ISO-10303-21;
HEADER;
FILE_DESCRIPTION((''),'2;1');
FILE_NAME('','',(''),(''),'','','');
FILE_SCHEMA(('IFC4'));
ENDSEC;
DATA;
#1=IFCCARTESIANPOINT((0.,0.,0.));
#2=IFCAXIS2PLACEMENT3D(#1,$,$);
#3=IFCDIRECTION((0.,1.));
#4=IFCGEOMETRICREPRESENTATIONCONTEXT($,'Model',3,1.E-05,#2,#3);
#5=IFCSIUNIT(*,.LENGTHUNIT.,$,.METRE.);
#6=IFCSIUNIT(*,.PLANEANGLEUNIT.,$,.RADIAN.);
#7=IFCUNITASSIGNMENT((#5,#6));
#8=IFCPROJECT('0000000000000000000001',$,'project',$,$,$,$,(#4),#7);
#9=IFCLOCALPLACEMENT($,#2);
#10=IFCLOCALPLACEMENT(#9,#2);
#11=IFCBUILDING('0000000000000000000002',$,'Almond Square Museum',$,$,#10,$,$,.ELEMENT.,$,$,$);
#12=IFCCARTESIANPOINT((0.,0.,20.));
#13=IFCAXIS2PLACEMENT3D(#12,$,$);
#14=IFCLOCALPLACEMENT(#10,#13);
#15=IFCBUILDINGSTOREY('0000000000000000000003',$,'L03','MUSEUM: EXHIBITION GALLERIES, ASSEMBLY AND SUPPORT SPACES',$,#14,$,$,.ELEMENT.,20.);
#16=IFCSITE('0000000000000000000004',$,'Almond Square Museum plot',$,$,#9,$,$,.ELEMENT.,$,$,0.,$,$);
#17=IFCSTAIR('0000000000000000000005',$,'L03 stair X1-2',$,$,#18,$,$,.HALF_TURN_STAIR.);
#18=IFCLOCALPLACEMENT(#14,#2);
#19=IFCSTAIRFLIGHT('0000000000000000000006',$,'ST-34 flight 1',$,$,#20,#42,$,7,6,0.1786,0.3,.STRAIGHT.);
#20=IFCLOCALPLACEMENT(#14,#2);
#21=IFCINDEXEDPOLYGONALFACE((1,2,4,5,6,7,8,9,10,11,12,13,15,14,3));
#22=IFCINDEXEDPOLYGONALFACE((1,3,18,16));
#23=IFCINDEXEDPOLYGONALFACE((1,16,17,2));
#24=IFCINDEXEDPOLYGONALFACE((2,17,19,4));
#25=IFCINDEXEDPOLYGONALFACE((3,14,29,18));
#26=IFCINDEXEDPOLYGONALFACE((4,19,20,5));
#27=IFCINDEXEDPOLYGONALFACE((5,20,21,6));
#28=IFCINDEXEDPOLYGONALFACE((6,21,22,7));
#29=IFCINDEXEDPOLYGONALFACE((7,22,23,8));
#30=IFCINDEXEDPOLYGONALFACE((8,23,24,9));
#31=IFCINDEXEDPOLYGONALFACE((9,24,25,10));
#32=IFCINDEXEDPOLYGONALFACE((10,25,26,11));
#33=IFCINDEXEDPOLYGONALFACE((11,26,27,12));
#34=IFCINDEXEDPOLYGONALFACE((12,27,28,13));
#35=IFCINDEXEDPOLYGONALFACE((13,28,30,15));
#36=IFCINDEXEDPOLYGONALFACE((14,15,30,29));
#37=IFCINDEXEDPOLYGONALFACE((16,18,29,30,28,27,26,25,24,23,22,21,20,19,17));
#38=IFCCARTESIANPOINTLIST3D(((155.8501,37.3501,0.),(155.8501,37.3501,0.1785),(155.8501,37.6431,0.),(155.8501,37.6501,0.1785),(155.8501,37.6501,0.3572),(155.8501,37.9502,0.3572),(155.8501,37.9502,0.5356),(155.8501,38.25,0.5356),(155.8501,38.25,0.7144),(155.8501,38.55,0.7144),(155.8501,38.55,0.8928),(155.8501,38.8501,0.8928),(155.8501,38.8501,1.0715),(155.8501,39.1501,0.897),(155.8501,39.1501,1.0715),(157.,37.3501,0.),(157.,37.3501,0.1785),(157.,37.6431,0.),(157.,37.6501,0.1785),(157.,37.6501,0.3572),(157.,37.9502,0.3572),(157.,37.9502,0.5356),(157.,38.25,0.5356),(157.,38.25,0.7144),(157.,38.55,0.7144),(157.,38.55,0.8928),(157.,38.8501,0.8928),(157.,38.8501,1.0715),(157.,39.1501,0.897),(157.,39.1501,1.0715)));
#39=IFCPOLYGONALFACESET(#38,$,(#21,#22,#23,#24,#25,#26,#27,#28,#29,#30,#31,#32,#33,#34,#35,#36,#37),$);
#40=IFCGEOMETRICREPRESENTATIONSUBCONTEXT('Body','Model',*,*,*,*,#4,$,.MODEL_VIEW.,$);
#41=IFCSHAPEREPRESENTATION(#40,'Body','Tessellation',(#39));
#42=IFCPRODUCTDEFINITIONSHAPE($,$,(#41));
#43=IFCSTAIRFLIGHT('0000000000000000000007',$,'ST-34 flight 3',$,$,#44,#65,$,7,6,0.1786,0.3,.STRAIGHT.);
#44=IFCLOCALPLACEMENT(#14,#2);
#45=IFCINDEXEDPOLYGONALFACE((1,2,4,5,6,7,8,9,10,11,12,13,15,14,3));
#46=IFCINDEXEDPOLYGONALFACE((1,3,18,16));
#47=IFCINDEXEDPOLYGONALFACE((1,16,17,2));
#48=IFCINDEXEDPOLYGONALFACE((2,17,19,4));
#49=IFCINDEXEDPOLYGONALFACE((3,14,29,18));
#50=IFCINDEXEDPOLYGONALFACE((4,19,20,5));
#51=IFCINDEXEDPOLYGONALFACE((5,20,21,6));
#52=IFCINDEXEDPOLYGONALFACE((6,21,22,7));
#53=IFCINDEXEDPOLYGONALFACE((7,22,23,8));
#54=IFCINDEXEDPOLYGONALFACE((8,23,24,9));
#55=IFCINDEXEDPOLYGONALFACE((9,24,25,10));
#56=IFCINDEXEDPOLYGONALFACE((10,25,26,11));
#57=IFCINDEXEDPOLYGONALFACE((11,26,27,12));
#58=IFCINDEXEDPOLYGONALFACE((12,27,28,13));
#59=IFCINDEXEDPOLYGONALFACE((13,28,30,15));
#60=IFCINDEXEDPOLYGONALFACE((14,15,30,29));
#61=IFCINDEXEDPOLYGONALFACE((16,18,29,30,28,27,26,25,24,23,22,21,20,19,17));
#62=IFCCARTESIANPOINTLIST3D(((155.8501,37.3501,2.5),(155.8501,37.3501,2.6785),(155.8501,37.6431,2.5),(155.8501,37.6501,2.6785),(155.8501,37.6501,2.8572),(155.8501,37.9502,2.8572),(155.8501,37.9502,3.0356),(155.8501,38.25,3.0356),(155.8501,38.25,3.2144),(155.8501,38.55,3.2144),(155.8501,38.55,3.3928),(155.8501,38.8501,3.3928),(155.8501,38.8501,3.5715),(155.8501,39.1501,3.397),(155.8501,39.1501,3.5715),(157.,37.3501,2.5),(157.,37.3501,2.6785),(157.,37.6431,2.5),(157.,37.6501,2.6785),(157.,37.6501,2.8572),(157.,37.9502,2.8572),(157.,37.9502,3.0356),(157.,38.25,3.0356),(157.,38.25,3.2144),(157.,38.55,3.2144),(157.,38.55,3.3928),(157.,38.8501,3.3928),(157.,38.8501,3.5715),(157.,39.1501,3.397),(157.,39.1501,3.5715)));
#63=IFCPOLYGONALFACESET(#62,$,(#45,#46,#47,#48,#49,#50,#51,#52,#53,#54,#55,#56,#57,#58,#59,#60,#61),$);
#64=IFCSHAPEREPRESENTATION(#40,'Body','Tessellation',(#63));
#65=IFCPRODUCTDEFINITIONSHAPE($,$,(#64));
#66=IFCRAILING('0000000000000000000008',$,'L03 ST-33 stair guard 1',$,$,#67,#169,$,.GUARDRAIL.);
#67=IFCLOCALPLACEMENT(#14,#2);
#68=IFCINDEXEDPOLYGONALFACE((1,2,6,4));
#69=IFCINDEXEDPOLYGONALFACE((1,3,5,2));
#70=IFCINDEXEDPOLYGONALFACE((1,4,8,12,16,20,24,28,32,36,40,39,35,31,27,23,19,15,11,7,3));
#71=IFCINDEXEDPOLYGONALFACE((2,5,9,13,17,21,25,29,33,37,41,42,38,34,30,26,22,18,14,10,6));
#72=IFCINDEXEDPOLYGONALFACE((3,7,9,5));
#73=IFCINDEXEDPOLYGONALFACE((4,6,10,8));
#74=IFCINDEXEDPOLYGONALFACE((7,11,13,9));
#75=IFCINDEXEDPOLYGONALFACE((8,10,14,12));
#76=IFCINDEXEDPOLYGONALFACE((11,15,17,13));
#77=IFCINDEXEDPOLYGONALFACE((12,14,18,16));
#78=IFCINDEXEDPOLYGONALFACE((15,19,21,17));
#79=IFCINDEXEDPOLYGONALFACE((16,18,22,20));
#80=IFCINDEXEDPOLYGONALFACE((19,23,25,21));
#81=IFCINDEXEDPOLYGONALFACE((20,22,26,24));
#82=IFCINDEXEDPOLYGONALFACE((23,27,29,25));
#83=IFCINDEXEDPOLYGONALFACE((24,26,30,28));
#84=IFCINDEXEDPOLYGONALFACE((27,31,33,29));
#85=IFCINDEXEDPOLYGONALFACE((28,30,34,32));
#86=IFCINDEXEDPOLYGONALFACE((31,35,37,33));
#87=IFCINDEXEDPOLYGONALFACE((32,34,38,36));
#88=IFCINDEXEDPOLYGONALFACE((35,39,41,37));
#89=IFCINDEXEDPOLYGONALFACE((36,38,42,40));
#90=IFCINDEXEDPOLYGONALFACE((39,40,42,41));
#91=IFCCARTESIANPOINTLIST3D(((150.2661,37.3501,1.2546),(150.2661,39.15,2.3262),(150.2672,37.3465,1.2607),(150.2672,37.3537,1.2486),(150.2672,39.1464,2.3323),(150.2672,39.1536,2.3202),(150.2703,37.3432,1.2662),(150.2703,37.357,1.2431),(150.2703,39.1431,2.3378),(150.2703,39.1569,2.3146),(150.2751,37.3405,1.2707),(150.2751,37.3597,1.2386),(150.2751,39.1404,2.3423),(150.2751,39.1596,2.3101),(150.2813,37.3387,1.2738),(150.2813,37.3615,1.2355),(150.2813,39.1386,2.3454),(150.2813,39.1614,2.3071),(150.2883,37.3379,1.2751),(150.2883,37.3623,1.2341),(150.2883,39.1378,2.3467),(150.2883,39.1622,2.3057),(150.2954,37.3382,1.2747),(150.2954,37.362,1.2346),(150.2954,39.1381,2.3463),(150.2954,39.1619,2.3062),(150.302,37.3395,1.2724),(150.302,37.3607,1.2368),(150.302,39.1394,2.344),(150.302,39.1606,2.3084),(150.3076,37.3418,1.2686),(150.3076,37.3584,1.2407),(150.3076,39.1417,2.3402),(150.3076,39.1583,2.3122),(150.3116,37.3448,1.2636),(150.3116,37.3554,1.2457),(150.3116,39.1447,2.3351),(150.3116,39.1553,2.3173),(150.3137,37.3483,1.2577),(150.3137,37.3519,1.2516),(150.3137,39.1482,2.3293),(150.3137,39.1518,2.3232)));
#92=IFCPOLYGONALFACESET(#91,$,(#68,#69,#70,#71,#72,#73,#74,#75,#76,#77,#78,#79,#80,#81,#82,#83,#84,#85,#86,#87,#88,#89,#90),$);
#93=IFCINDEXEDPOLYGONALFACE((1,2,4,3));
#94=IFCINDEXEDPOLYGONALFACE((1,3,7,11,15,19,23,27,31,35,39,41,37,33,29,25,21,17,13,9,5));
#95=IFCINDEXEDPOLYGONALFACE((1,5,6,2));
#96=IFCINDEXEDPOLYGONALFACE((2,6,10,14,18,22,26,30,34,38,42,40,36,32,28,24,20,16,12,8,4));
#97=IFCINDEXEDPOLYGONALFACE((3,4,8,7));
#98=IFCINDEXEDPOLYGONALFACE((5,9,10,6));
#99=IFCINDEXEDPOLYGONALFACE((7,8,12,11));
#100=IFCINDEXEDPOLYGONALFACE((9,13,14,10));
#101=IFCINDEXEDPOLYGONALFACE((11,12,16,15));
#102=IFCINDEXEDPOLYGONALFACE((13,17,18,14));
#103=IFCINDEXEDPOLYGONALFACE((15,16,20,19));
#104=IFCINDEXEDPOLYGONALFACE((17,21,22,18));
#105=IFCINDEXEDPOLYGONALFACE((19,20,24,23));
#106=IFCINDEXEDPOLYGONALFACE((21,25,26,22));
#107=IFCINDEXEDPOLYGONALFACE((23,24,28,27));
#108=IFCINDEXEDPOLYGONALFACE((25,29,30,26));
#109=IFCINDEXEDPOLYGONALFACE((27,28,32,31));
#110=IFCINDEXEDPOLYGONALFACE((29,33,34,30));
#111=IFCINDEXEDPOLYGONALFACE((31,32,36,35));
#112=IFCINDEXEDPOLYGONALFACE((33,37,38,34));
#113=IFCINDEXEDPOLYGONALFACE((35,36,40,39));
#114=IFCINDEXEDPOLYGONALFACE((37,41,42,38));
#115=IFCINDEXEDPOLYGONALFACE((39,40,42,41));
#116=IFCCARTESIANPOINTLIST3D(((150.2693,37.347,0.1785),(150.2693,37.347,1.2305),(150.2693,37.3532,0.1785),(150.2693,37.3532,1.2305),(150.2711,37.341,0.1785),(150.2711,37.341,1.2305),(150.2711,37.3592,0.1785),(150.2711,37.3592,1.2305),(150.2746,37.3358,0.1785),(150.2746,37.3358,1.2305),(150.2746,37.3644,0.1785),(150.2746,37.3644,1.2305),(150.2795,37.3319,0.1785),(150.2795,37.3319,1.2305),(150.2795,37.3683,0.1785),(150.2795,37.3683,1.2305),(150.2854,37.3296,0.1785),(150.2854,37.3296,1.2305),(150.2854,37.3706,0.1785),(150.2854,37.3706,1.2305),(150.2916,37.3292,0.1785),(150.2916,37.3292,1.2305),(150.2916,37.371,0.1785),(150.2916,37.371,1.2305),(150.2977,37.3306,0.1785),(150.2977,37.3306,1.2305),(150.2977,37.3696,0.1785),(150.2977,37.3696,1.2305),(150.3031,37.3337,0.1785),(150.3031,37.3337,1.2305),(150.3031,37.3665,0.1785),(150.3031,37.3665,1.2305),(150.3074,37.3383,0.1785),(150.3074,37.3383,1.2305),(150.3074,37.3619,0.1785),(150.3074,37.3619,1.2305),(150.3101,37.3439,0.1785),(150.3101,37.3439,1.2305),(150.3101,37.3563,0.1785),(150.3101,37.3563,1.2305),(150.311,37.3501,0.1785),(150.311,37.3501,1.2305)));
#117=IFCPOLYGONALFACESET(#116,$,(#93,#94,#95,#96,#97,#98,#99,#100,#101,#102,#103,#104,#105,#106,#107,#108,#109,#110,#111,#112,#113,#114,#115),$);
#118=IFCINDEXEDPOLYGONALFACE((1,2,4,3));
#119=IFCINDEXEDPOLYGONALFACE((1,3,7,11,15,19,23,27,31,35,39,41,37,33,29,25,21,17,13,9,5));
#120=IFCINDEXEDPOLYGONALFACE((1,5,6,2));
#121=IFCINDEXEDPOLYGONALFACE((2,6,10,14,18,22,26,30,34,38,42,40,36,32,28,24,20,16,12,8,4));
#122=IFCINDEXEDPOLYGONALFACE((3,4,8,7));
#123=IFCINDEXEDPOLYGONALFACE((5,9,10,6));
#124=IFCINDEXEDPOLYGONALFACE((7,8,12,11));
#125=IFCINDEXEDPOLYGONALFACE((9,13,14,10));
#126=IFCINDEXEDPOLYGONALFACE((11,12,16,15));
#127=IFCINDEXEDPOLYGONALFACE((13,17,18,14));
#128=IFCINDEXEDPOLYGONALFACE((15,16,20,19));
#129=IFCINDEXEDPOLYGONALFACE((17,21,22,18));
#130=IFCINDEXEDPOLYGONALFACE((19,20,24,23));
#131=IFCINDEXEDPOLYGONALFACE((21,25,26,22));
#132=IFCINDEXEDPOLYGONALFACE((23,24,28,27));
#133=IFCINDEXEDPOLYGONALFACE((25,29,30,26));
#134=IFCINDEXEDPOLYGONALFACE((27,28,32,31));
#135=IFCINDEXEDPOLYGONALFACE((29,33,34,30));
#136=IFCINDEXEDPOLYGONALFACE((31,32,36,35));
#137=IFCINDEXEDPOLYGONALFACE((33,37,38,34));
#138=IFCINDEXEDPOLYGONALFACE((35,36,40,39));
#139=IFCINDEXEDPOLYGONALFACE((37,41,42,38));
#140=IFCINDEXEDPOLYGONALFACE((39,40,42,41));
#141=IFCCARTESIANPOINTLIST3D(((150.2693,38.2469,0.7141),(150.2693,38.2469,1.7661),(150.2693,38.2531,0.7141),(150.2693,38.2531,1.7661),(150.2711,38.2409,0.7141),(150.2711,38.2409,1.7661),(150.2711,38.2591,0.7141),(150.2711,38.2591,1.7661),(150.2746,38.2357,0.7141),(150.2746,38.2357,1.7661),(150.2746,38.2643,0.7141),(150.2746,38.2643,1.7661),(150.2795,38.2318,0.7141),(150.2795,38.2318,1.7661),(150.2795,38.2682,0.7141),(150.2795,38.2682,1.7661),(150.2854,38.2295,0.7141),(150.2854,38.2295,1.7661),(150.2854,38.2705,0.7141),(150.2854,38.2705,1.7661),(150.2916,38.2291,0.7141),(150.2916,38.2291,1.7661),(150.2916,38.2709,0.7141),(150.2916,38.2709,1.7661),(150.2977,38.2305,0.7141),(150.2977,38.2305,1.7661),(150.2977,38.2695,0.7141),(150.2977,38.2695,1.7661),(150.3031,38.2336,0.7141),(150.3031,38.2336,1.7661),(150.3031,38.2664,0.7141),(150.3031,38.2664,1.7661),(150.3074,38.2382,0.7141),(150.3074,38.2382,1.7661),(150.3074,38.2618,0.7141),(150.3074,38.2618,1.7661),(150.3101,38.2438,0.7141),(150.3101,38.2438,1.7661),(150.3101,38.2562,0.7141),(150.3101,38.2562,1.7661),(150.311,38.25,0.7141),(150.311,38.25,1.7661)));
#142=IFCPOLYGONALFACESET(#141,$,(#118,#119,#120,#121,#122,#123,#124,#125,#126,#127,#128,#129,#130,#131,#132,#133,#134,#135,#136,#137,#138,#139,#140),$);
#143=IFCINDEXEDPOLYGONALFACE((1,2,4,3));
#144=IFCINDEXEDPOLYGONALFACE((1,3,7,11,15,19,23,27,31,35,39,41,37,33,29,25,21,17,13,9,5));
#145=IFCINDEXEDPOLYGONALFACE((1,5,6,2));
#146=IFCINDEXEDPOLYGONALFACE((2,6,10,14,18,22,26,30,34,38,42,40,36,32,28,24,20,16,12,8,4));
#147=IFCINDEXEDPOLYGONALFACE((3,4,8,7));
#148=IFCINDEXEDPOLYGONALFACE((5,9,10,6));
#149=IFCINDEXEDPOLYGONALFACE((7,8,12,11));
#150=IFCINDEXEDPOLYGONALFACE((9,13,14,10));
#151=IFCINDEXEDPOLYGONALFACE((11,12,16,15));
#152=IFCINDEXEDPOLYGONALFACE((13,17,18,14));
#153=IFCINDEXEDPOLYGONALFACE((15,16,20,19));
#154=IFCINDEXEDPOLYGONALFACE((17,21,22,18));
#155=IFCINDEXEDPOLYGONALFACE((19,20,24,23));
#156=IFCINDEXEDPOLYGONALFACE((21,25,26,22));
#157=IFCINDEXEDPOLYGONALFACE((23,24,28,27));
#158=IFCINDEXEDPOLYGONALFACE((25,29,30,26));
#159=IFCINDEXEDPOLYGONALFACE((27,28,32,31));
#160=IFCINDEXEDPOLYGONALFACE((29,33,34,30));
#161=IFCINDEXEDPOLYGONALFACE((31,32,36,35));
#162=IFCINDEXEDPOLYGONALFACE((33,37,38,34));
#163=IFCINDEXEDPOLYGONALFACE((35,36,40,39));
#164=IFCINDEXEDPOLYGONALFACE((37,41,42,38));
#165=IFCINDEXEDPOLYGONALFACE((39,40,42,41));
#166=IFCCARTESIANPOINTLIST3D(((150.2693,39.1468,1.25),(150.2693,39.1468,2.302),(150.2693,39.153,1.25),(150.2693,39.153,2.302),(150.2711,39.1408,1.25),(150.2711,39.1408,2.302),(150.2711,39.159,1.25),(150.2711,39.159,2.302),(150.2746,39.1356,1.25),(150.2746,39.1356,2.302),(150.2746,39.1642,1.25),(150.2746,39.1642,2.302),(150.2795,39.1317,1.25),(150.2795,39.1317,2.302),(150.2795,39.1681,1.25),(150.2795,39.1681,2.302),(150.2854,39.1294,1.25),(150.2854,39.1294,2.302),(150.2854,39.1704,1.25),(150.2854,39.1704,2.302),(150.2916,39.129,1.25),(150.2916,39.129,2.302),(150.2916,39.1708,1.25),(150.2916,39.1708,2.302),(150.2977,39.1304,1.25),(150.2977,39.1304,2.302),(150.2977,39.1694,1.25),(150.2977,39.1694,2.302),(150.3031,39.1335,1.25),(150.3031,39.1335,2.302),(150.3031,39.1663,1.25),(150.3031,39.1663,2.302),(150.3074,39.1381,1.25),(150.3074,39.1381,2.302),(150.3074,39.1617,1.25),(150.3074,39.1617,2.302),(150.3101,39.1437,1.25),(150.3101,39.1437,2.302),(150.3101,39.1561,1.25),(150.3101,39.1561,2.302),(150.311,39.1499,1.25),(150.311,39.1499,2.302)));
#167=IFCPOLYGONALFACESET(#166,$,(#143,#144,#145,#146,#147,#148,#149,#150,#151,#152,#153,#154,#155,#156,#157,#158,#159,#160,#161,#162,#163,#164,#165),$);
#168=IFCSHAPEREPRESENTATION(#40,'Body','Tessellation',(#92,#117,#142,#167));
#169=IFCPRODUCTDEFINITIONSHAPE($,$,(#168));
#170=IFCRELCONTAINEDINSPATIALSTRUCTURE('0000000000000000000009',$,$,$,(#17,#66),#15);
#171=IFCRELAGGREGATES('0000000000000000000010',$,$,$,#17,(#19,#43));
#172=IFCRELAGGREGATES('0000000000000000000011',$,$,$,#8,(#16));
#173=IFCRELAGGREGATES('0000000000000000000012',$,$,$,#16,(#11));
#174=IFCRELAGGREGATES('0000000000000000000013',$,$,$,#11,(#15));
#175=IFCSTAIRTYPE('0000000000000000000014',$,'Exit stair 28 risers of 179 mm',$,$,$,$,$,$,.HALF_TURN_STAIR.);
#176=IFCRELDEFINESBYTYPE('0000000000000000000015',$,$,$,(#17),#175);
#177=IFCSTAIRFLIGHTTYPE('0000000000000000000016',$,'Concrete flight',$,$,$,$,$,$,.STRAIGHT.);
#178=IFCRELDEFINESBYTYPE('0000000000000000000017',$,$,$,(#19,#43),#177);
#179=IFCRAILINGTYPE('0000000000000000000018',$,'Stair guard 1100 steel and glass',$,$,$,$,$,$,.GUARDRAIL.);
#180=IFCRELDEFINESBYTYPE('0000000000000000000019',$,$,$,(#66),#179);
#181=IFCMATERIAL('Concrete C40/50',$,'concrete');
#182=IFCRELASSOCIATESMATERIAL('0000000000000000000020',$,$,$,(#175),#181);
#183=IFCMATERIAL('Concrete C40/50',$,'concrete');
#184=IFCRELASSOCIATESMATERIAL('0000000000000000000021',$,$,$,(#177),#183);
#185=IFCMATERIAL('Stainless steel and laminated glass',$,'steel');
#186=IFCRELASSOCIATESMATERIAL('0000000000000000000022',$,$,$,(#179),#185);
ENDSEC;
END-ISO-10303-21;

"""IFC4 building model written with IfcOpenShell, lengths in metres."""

from ifc_helpers import new_model, si_unit, direction, frame, origin, origin_2d, place, context, subcontext, project, spatial, polyline, circle, outline, extrude, material, type_object, element, aggregate, save


model = new_model("IFC4")

# Units and contexts
model_context = context("Model", 3, precision=1e-05, world=origin(), true_north=direction((0.0, 1.0)))
body_context = subcontext(model_context, "Body", "Model", "MODEL_VIEW")
ifc_project = project(units=[si_unit("LENGTHUNIT", "METRE"), si_unit("PLANEANGLEUNIT", "RADIAN")], contexts=[model_context])

# Site, building, storey
site_placement = place(None, origin())
site = spatial("IfcSite", under=ifc_project, at=site_placement, Name="Almond Square Museum plot", CompositionType="ELEMENT", RefElevation=0.0)
building_placement = place(site_placement, origin())
building = spatial("IfcBuilding", under=site, at=building_placement, Name="Almond Square Museum", CompositionType="ELEMENT")
storey_placement = place(building_placement, frame((0.0, 0.0, 20.0)))
storey = spatial("IfcBuildingStorey", under=building, at=storey_placement, Name="L03", Description="MUSEUM: EXHIBITION GALLERIES, ASSEMBLY AND SUPPORT SPACES", CompositionType="ELEMENT", Elevation=20.0)

# Stair, stair flights
ifc_material_1 = material(Name="Concrete C40/50", Category="concrete")
stair_type = type_object("IfcStairType", Name="Exit stair 28 risers of 179 mm", PredefinedType="HALF_TURN_STAIR", material=ifc_material_1)
ifc_material_2 = material(Name="Concrete C40/50", Category="concrete")
stair_flight_type = type_object("IfcStairFlightType", Name="Concrete flight", PredefinedType="STRAIGHT", material=ifc_material_2)
stair_1_placement = place(storey_placement, origin())
stair_1 = element("IfcStair", 1, at=stair_1_placement, inside=storey, type_object=stair_type, Name="L03 stair X1-2", PredefinedType="HALF_TURN_STAIR")
stair_flight_1_placement = place(storey_placement, frame((156.425, 37.3501, 0.0), z_axis=(0.0, 0.0, 1.0), x_axis=(0.0, 1.0, 0.0)))
stair_flight_1 = element("IfcStairFlight", 2, at=stair_flight_1_placement, type_object=stair_flight_type, Name="ST-34 flight 1", NumberOfRisers=7, NumberOfTreads=6, PredefinedType="STRAIGHT", RiserHeight=0.1786, TreadLength=0.3, context=body_context, shape_type="SweptSolid", body=[
    extrude(outline(polyline([(0.0, 0.0), (0.0, 0.1785), (0.3, 0.1785), (0.3, 0.3572), (0.6001, 0.3572), (0.6001, 0.5356), (0.8999, 0.5356), (0.8999, 0.7144), (1.2, 0.7144), (1.2, 0.8928), (1.5, 0.8928), (1.5, 1.0715), (1.8, 1.0715), (1.8, 1.25), (1.8, 0.897), (0.293, 0.0), (0.0, 0.0)])), frame((0.0, 0.575, 0.0), z_axis=(0.0, -1.0, 0.0), x_axis=(1.0, 0.0, 0.0)), (0.0, 0.0, 1.0), 1.1499),
])
stair_flight_2_placement = place(storey_placement, frame((156.425, 37.3501, 2.5), z_axis=(0.0, 0.0, 1.0), x_axis=(0.0, 1.0, 0.0)))
stair_flight_2 = element("IfcStairFlight", 3, at=stair_flight_2_placement, type_object=stair_flight_type, Name="ST-34 flight 3", NumberOfRisers=7, NumberOfTreads=6, PredefinedType="STRAIGHT", RiserHeight=0.1786, TreadLength=0.3, context=body_context, shape_type="SweptSolid", body=[
    extrude(outline(polyline([(0.0, 0.0), (0.0, 0.1785), (0.3, 0.1785), (0.3, 0.3572), (0.6001, 0.3572), (0.6001, 0.5356), (0.8999, 0.5356), (0.8999, 0.7144), (1.2, 0.7144), (1.2, 0.8928), (1.5, 0.8928), (1.5, 1.0715), (1.8, 1.0715), (1.8, 1.25), (1.8, 0.897), (0.293, 0.0), (0.0, 0.0)])), frame((0.0, 0.575, 0.0), z_axis=(0.0, -1.0, 0.0), x_axis=(1.0, 0.0, 0.0)), (0.0, 0.0, 1.0), 1.1499),
])
aggregate(stair_1, [stair_flight_1, stair_flight_2])

# Railing
ifc_material_3 = material(Name="Stainless steel and laminated glass", Category="steel")
railing_type_1 = type_object("IfcRailingType", Name="Stair guard 1100 steel and glass", PredefinedType="GUARDRAIL", material=ifc_material_3)
railing_1_placement = place(storey_placement, frame((150.29, 37.3501, 0.1785)))
element("IfcRailing", 4, at=railing_1_placement, inside=storey, type_object=railing_type_1, Name="L03 ST-33 stair guard 1", PredefinedType="GUARDRAIL", context=body_context, shape_type="SweptSolid", body=[
    extrude(circle(Radius=0.0239, at=origin_2d()), frame((0.0, 0.0, 1.0762), z_axis=(0.0, 0.859247, 0.511562), x_axis=(-1.0, 0.0, 0.0)), (0.0, 0.0, 1.0), 2.0947),
    extrude(circle(Radius=0.021, at=origin_2d()), origin(), (0.0, 0.0, 1.0), 1.052),
    extrude(circle(Radius=0.021, at=origin_2d()), frame((0.0, 0.8999, 0.5356)), (0.0, 0.0, 1.0), 1.052),
    extrude(circle(Radius=0.021, at=origin_2d()), frame((0.0, 1.7998, 1.0715)), (0.0, 0.0, 1.0), 1.052),
])

save(model, "model.ifc")
